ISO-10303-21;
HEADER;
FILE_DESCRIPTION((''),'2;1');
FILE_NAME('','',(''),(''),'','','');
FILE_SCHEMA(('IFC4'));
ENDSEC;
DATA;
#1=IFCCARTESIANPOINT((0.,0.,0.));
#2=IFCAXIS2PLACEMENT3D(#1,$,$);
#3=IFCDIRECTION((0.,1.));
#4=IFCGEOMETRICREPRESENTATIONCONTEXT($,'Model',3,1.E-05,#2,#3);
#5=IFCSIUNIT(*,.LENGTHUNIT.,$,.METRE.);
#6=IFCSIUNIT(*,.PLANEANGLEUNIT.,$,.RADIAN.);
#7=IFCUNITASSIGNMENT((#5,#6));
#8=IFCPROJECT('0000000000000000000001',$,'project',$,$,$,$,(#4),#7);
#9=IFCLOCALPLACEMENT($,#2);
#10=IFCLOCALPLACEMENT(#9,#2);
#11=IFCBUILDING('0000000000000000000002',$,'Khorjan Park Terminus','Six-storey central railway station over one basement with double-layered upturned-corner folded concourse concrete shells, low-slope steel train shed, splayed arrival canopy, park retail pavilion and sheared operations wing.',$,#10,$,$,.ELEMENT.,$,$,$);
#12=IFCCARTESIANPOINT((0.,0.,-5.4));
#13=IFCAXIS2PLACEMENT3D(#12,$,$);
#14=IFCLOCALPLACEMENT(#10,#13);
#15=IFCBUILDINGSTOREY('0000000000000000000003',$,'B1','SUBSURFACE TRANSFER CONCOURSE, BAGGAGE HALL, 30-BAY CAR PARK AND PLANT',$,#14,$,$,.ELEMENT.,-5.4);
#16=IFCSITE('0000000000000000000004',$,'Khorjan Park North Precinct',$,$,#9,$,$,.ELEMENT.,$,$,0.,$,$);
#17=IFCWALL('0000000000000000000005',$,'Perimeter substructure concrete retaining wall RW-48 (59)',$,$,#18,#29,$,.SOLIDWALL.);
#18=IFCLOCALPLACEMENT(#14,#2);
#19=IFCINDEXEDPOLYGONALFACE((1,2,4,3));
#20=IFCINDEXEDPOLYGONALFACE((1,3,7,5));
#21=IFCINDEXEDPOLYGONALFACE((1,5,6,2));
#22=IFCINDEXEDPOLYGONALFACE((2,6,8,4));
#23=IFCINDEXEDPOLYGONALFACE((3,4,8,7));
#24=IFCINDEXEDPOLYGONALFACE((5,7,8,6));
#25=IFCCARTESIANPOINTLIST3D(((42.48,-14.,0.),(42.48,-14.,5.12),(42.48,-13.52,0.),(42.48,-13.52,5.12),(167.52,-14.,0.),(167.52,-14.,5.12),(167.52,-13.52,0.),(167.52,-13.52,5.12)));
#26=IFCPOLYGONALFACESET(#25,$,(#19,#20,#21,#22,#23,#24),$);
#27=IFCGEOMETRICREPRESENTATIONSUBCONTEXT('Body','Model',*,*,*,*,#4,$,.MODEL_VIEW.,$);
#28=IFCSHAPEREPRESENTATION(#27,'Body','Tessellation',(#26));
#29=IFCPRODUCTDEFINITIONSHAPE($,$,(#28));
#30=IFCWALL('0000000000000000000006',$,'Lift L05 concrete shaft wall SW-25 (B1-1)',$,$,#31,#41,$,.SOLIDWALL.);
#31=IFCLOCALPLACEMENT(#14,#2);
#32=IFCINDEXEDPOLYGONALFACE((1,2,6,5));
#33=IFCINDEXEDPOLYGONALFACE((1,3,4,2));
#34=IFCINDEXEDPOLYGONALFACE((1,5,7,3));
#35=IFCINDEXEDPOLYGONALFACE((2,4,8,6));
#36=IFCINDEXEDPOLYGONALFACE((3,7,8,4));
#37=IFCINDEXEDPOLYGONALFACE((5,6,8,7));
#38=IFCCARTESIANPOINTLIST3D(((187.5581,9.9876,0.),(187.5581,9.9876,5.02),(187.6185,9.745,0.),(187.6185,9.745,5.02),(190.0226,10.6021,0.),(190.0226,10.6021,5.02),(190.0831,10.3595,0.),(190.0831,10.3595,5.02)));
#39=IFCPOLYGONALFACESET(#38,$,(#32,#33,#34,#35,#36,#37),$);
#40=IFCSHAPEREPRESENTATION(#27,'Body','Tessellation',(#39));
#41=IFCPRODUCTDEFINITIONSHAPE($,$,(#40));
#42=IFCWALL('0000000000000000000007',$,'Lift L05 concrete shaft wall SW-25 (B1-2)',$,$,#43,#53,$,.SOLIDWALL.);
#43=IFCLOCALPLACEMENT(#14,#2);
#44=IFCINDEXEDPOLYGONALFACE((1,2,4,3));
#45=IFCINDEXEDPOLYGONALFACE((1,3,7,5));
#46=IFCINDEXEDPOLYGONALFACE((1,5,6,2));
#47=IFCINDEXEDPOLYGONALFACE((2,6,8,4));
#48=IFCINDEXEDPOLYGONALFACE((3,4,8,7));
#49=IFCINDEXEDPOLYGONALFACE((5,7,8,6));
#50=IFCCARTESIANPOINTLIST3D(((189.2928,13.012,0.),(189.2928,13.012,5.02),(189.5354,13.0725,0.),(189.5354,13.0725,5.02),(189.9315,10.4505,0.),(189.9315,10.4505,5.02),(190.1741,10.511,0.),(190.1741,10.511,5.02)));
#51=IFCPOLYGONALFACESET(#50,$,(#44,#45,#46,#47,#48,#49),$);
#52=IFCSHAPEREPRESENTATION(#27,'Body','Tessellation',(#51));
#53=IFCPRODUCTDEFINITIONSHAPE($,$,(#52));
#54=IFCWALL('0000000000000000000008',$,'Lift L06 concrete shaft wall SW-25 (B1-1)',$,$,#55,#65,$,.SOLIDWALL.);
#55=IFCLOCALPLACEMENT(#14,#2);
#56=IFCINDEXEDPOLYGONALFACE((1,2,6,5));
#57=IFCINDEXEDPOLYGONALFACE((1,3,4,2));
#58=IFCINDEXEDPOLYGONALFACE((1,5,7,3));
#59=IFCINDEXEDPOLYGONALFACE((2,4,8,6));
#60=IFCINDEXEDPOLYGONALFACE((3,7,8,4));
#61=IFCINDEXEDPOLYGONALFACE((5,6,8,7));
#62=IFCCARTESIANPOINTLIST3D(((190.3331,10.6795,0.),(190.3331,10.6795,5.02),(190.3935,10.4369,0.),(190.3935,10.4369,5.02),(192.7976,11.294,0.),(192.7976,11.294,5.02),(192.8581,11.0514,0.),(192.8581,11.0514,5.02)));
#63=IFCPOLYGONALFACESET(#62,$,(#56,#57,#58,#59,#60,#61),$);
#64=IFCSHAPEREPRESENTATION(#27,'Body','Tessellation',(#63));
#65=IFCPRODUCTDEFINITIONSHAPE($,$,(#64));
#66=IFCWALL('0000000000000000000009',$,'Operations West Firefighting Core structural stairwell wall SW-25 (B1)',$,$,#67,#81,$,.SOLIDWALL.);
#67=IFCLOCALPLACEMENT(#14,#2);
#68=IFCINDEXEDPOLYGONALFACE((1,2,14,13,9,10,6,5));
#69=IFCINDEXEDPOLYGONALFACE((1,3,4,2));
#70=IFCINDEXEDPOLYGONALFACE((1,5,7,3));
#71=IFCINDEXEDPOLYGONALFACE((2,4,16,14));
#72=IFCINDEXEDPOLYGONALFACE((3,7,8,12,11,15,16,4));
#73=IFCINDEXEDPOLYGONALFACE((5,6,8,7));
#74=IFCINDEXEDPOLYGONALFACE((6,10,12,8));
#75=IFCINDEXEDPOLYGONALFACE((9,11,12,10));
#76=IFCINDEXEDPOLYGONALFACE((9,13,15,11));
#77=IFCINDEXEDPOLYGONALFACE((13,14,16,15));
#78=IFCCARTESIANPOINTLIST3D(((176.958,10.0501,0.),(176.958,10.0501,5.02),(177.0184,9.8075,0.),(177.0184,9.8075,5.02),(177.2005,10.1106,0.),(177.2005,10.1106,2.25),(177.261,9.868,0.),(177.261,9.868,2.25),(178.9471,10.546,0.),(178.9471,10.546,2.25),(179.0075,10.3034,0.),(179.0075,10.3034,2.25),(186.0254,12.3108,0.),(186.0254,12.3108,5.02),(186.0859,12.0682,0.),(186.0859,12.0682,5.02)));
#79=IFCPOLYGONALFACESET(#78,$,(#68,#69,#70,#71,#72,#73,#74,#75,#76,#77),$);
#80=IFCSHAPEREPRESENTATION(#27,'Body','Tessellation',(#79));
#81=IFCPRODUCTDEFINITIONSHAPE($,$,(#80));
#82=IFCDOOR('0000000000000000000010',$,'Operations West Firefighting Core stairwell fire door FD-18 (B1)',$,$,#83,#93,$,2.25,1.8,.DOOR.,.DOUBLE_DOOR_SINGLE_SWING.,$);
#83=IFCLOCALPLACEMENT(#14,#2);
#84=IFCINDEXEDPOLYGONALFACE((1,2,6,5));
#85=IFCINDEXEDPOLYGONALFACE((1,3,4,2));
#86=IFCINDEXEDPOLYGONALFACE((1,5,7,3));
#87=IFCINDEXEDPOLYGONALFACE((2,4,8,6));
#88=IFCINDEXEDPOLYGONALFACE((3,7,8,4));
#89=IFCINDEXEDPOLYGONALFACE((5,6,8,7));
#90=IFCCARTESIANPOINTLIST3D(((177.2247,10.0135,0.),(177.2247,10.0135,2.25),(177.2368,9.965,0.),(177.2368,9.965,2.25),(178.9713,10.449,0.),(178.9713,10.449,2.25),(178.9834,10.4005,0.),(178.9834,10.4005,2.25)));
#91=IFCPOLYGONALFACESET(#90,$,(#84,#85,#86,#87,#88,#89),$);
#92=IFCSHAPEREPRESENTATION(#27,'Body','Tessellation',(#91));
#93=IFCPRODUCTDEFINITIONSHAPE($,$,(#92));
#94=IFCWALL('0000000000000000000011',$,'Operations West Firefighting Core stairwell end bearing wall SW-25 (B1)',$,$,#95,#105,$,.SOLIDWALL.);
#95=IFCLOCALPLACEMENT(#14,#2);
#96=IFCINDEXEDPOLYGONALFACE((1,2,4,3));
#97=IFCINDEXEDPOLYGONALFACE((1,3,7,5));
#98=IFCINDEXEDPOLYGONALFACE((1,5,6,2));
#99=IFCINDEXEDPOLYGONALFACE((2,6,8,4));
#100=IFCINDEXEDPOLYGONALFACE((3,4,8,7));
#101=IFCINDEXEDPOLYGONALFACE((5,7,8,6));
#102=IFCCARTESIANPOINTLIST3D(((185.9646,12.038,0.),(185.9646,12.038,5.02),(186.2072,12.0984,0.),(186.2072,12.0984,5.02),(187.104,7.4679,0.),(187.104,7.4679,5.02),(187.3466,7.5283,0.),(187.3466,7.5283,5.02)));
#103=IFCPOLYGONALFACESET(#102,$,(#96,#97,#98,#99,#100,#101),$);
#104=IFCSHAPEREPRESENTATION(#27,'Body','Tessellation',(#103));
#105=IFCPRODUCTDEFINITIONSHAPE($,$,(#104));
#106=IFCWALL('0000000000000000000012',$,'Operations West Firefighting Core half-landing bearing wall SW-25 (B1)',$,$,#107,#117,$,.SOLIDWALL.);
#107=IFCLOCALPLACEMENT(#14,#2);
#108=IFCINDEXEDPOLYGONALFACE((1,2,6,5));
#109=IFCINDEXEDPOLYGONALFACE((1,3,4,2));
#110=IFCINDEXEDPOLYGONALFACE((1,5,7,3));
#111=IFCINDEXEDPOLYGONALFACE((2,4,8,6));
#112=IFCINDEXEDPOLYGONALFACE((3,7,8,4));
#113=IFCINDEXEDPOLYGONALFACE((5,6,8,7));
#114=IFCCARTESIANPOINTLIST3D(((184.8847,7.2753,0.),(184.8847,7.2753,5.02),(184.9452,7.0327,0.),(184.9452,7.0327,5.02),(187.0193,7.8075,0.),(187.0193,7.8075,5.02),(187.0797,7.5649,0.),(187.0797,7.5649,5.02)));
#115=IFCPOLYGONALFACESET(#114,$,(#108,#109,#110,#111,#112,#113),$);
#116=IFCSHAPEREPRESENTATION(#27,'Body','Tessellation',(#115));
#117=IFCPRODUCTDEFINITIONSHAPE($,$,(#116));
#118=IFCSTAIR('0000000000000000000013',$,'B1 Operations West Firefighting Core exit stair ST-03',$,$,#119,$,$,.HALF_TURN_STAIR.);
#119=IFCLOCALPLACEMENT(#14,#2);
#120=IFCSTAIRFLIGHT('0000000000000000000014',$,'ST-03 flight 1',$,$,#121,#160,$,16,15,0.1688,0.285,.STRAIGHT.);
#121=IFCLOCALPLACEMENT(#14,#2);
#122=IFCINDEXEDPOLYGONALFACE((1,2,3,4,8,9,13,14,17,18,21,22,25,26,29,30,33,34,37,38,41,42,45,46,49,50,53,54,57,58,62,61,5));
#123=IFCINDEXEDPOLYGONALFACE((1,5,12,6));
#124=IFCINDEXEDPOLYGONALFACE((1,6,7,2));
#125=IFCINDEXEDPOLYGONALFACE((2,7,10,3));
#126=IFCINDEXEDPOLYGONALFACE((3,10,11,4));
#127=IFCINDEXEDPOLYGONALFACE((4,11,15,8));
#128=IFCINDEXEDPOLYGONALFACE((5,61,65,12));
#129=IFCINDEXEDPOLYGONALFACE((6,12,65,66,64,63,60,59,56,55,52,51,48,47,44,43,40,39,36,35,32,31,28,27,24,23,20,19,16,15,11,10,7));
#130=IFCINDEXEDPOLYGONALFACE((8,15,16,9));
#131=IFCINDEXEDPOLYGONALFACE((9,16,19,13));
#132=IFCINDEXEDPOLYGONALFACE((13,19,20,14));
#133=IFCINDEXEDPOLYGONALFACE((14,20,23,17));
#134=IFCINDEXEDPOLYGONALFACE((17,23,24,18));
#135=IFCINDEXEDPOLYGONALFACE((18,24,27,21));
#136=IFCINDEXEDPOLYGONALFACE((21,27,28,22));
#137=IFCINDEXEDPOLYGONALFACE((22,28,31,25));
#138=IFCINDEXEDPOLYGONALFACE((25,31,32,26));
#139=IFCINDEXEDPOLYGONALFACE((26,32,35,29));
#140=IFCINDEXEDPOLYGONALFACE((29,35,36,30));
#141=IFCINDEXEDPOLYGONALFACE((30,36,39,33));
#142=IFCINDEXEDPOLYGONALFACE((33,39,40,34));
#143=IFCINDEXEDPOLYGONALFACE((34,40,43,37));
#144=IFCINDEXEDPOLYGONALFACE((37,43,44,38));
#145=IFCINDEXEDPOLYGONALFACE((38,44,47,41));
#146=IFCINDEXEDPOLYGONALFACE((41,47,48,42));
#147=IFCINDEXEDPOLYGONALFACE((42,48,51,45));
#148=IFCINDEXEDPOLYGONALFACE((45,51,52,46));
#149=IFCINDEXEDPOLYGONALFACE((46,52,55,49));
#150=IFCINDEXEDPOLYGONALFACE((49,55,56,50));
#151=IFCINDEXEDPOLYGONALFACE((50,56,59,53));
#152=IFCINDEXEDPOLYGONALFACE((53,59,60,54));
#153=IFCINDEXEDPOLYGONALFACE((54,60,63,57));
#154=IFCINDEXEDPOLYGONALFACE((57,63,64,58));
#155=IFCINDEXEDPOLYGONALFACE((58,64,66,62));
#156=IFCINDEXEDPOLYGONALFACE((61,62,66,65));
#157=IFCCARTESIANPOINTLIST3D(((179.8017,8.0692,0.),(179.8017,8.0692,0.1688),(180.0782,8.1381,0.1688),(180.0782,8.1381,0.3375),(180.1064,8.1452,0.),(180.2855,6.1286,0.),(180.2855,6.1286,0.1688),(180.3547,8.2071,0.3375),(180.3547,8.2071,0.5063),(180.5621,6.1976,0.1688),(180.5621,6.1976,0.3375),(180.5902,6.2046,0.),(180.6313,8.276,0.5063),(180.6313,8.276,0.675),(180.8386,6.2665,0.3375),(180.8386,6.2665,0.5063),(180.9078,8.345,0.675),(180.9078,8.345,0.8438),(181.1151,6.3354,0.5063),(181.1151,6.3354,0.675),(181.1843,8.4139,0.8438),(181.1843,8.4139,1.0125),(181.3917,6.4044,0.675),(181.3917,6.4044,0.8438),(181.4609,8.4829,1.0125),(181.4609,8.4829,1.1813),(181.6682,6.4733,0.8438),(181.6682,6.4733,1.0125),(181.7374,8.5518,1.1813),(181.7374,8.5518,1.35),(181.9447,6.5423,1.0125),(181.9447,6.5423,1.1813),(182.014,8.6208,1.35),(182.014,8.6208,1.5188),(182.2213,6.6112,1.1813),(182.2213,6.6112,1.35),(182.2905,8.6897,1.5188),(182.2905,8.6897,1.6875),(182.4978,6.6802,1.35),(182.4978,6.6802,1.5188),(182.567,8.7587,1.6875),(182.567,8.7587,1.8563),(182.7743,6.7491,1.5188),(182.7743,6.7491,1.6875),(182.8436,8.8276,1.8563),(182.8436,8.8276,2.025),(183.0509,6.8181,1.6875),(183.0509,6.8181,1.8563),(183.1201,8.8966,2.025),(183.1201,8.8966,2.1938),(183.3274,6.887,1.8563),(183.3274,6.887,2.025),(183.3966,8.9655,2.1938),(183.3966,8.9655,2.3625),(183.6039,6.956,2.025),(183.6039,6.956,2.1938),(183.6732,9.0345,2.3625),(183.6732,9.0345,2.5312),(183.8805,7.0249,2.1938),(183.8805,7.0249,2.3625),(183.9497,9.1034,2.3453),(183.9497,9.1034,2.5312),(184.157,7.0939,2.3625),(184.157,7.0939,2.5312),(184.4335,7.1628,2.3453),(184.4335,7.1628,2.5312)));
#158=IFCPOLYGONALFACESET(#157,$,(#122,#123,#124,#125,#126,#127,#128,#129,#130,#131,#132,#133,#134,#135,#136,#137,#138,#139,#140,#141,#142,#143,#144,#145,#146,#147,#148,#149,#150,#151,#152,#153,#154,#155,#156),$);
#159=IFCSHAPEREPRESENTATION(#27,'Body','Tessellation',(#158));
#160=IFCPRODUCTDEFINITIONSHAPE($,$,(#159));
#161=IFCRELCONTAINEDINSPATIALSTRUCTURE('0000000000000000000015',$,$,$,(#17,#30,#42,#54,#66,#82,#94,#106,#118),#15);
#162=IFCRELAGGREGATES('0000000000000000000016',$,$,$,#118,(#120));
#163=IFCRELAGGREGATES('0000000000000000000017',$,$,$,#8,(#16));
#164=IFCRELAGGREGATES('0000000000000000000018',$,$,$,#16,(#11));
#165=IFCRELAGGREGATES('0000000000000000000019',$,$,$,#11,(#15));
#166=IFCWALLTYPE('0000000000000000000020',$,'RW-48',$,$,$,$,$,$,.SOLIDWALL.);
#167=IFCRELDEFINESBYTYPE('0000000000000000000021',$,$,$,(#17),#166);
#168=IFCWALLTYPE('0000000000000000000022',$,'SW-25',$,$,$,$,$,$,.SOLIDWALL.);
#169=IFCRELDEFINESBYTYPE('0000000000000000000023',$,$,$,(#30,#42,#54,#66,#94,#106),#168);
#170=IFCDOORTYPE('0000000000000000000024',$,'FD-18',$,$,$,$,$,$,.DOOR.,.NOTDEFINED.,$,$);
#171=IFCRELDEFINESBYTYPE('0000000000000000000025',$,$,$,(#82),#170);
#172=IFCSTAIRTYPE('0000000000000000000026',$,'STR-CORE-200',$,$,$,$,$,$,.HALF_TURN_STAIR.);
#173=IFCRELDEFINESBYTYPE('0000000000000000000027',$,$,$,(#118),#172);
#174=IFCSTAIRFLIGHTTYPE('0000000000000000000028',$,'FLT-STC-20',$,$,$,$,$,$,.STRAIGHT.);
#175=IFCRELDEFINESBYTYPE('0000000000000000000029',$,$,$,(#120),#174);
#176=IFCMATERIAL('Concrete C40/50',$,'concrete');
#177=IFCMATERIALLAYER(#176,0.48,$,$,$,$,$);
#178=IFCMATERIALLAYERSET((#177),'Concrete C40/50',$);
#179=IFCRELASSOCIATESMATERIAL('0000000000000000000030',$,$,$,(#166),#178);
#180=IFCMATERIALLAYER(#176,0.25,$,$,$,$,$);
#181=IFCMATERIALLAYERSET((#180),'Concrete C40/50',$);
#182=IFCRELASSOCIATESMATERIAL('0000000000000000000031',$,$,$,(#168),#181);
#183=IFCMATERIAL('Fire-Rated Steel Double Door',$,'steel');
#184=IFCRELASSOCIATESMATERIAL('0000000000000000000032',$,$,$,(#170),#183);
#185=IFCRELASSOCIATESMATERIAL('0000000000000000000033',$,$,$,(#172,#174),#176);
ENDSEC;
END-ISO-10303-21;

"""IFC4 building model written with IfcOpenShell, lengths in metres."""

from ifc_helpers import new_model, si_unit, direction, frame, frame_2d, origin, place, context, subcontext, project, spatial, polyline, rectangle, outline, extrude, material, layer, layer_set, type_object, element, fill, aggregate, save


model = new_model("IFC4")

# Units and contexts
model_context = context("Model", 3, precision=1e-05, world=origin(), true_north=direction((0.0, 1.0)))
body_context = subcontext(model_context, "Body", "Model", "MODEL_VIEW")
ifc_project = project(units=[si_unit("LENGTHUNIT", "METRE"), si_unit("PLANEANGLEUNIT", "RADIAN")], contexts=[model_context])

# Site, building, storey
site_placement = place(None, origin())
site = spatial("IfcSite", under=ifc_project, at=site_placement, Name="Khorjan Park North Precinct", CompositionType="ELEMENT", RefElevation=0.0)
building_placement = place(site_placement, origin())
building = spatial("IfcBuilding", under=site, at=building_placement, Name="Khorjan Park Terminus", Description="Six-storey central railway station over one basement with double-layered upturned-corner folded concourse concrete shells, low-slope steel train shed, splayed arrival canopy, park retail pavilion and sheared operations wing.", CompositionType="ELEMENT")
storey_placement = place(building_placement, frame((0.0, 0.0, -5.4)))
storey = spatial("IfcBuildingStorey", under=building, at=storey_placement, Name="B1", Description="SUBSURFACE TRANSFER CONCOURSE, BAGGAGE HALL, 30-BAY CAR PARK AND PLANT", CompositionType="ELEMENT", Elevation=-5.4)

# Shared definitions
ifc_material_1 = material(Name="Concrete C40/50", Category="concrete")

# Walls
ifc_layer_1 = layer(ifc_material_1, 0.48)
ifc_layer_set_1 = layer_set([ifc_layer_1], Name="Concrete C40/50")
wall_type_1 = type_object("IfcWallType", Name="RW-48", PredefinedType="SOLIDWALL", material=ifc_layer_set_1)
wall_1_placement = place(storey_placement, frame((167.52, -13.76, 0.0), z_axis=(0.0, 0.0, 1.0), x_axis=(-1.0, 0.0, 0.0)))
element("IfcWall", 1, at=wall_1_placement, inside=storey, type_object=wall_type_1, Name="Perimeter substructure concrete retaining wall RW-48 (59)", PredefinedType="SOLIDWALL", context=body_context, shape_type="SweptSolid", body=[
    extrude(rectangle(XDim=125.04, YDim=0.48, at=frame_2d((62.52, 0.0))), origin(), (0.0, 0.0, 1.0), 5.12),
])
ifc_layer_2 = layer(ifc_material_1, 0.25)
ifc_layer_set_2 = layer_set([ifc_layer_2], Name="Concrete C40/50")
wall_type_2 = type_object("IfcWallType", Name="SW-25", PredefinedType="SOLIDWALL", material=ifc_layer_set_2)
wall_2_placement = place(storey_placement, frame((187.5883, 9.8663, 0.0), z_axis=(0.0, 0.0, 1.0), x_axis=(0.970293, 0.241933, 0.0)))
element("IfcWall", 2, at=wall_2_placement, inside=storey, type_object=wall_type_2, Name="Lift L05 concrete shaft wall SW-25 (B1-1)", PredefinedType="SOLIDWALL", context=body_context, shape_type="SweptSolid", body=[
    extrude(rectangle(XDim=2.54, YDim=0.25, at=frame_2d((1.27, 0.0))), origin(), (0.0, 0.0, 1.0), 5.02),
])
wall_3_placement = place(storey_placement, frame((190.0528, 10.4808, 0.0), z_axis=(0.0, 0.0, 1.0), x_axis=(-0.241938, 0.970292, 0.0)))
element("IfcWall", 3, at=wall_3_placement, inside=storey, type_object=wall_type_2, Name="Lift L05 concrete shaft wall SW-25 (B1-2)", PredefinedType="SOLIDWALL", context=body_context, shape_type="SweptSolid", body=[
    extrude(rectangle(XDim=2.6399, YDim=0.25, at=frame_2d((1.3199, 0.0))), origin(), (0.0, 0.0, 1.0), 5.02),
])
wall_4_placement = place(storey_placement, frame((190.3633, 10.5582, 0.0), z_axis=(0.0, 0.0, 1.0), x_axis=(0.970293, 0.241933, 0.0)))
element("IfcWall", 4, at=wall_4_placement, inside=storey, type_object=wall_type_2, Name="Lift L06 concrete shaft wall SW-25 (B1-1)", PredefinedType="SOLIDWALL", context=body_context, shape_type="SweptSolid", body=[
    extrude(rectangle(XDim=2.54, YDim=0.25, at=frame_2d((1.27, 0.0))), origin(), (0.0, 0.0, 1.0), 5.02),
])

# Wall, opening, door
wall_5_placement = place(storey_placement, frame((176.9882, 9.9288, 0.0), z_axis=(0.0, 0.0, 1.0), x_axis=(0.970297, 0.241916, 0.0)))
wall_5 = element("IfcWall", 5, at=wall_5_placement, inside=storey, type_object=wall_type_2, Name="Operations West Firefighting Core structural stairwell wall SW-25 (B1)", PredefinedType="SOLIDWALL", context=body_context, shape_type="SweptSolid", body=[
    extrude(rectangle(XDim=9.345, YDim=0.25, at=frame_2d((4.6725, 0.0))), origin(), (0.0, 0.0, 1.0), 5.02),
])
opening_placement = place(wall_5_placement, frame((0.25, 0.0, 0.0)))
opening = element("IfcOpeningElement", 6, at=opening_placement, cuts=wall_5, PredefinedType="OPENING", context=body_context, shape_type="SweptSolid", body=[
    extrude(rectangle(XDim=1.8, YDim=2.25, at=frame_2d((0.9, 1.125))), frame((0.0, 0.135, 0.0), z_axis=(0.0, -1.0, 0.0), x_axis=(1.0, 0.0, 0.0)), (0.0, 0.0, 1.0), 0.27),
])
ifc_material_2 = material(Name="Fire-Rated Steel Double Door", Category="steel")
door_type = type_object("IfcDoorType", Name="FD-18", OperationType="NOTDEFINED", PredefinedType="DOOR", material=ifc_material_2)
door_placement = place(opening_placement, origin())
door = element("IfcDoor", 7, at=door_placement, inside=storey, type_object=door_type, Name="Operations West Firefighting Core stairwell fire door FD-18 (B1)", OperationType="DOUBLE_DOOR_SINGLE_SWING", OverallHeight=2.25, OverallWidth=1.8, PredefinedType="DOOR", context=body_context, shape_type="SweptSolid", body=[
    extrude(rectangle(XDim=1.8, YDim=2.25, at=frame_2d((0.9, 1.125))), frame((0.0, 0.025, 0.0), z_axis=(0.0, -1.0, 0.0), x_axis=(1.0, 0.0, 0.0)), (0.0, 0.0, 1.0), 0.05),
])
fill(opening, door)

# Walls
wall_6_placement = place(storey_placement, frame((187.2253, 7.4981, 0.0), z_axis=(0.0, 0.0, 1.0), x_axis=(-0.241911, 0.970298, 0.0)))
element("IfcWall", 8, at=wall_6_placement, inside=storey, type_object=wall_type_2, Name="Operations West Firefighting Core stairwell end bearing wall SW-25 (B1)", PredefinedType="SOLIDWALL", context=body_context, shape_type="SweptSolid", body=[
    extrude(rectangle(XDim=4.71, YDim=0.25, at=frame_2d((2.355, 0.0))), origin(), (0.0, 0.0, 1.0), 5.02),
])
wall_7_placement = place(storey_placement, frame((184.915, 7.154, 0.0), z_axis=(0.0, 0.0, 1.0), x_axis=(0.970297, 0.241915, 0.0)))
element("IfcWall", 9, at=wall_7_placement, inside=storey, type_object=wall_type_2, Name="Operations West Firefighting Core half-landing bearing wall SW-25 (B1)", PredefinedType="SOLIDWALL", context=body_context, shape_type="SweptSolid", body=[
    extrude(rectangle(XDim=2.1999, YDim=0.25, at=frame_2d((1.0999, 0.0))), origin(), (0.0, 0.0, 1.0), 5.02),
])

# Stair, stair flight
stair_type = type_object("IfcStairType", Name="STR-CORE-200", PredefinedType="HALF_TURN_STAIR", material=ifc_material_1)
stair_placement = place(storey_placement, origin())
stair = element("IfcStair", 10, at=stair_placement, inside=storey, type_object=stair_type, Name="B1 Operations West Firefighting Core exit stair ST-03", PredefinedType="HALF_TURN_STAIR")
stair_flight_type = type_object("IfcStairFlightType", Name="FLT-STC-20", PredefinedType="STRAIGHT", material=ifc_material_1)
stair_flight_1_placement = place(storey_placement, frame((180.0436, 7.0989, 0.0), z_axis=(0.0, 0.0, 1.0), x_axis=(0.970296, 0.241922, 0.0)))
stair_flight_1 = element("IfcStairFlight", 11, at=stair_flight_1_placement, type_object=stair_flight_type, Name="ST-03 flight 1", NumberOfRisers=16, NumberOfTreads=15, PredefinedType="STRAIGHT", RiserHeight=0.1688, TreadLength=0.285, context=body_context, shape_type="SweptSolid", body=[
    extrude(outline(polyline([(0.0, 0.0), (0.0, 0.1688), (0.285, 0.1688), (0.285, 0.3375), (0.57, 0.3375), (0.57, 0.5063), (0.855, 0.5063), (0.855, 0.675), (1.14, 0.675), (1.14, 0.8438), (1.425, 0.8438), (1.425, 1.0125), (1.71, 1.0125), (1.71, 1.1813), (1.995, 1.1813), (1.995, 1.35), (2.28, 1.35), (2.28, 1.5188), (2.565, 1.5188), (2.565, 1.6875), (2.85, 1.6875), (2.85, 1.8563), (3.135, 1.8563), (3.135, 2.025), (3.42, 2.025), (3.42, 2.1938), (3.705, 2.1938), (3.705, 2.3625), (3.99, 2.3625), (3.99, 2.5312), (4.275, 2.5312), (4.275, 2.7), (4.275, 2.3453), (0.314, 0.0), (0.0, 0.0)])), frame((0.0, 1.0, 0.0), z_axis=(0.0, -1.0, 0.0), x_axis=(1.0, 0.0, 0.0)), (0.0, 0.0, 1.0), 2.0),
])
aggregate(stair, [stair_flight_1])

save(model, "model.ifc")
